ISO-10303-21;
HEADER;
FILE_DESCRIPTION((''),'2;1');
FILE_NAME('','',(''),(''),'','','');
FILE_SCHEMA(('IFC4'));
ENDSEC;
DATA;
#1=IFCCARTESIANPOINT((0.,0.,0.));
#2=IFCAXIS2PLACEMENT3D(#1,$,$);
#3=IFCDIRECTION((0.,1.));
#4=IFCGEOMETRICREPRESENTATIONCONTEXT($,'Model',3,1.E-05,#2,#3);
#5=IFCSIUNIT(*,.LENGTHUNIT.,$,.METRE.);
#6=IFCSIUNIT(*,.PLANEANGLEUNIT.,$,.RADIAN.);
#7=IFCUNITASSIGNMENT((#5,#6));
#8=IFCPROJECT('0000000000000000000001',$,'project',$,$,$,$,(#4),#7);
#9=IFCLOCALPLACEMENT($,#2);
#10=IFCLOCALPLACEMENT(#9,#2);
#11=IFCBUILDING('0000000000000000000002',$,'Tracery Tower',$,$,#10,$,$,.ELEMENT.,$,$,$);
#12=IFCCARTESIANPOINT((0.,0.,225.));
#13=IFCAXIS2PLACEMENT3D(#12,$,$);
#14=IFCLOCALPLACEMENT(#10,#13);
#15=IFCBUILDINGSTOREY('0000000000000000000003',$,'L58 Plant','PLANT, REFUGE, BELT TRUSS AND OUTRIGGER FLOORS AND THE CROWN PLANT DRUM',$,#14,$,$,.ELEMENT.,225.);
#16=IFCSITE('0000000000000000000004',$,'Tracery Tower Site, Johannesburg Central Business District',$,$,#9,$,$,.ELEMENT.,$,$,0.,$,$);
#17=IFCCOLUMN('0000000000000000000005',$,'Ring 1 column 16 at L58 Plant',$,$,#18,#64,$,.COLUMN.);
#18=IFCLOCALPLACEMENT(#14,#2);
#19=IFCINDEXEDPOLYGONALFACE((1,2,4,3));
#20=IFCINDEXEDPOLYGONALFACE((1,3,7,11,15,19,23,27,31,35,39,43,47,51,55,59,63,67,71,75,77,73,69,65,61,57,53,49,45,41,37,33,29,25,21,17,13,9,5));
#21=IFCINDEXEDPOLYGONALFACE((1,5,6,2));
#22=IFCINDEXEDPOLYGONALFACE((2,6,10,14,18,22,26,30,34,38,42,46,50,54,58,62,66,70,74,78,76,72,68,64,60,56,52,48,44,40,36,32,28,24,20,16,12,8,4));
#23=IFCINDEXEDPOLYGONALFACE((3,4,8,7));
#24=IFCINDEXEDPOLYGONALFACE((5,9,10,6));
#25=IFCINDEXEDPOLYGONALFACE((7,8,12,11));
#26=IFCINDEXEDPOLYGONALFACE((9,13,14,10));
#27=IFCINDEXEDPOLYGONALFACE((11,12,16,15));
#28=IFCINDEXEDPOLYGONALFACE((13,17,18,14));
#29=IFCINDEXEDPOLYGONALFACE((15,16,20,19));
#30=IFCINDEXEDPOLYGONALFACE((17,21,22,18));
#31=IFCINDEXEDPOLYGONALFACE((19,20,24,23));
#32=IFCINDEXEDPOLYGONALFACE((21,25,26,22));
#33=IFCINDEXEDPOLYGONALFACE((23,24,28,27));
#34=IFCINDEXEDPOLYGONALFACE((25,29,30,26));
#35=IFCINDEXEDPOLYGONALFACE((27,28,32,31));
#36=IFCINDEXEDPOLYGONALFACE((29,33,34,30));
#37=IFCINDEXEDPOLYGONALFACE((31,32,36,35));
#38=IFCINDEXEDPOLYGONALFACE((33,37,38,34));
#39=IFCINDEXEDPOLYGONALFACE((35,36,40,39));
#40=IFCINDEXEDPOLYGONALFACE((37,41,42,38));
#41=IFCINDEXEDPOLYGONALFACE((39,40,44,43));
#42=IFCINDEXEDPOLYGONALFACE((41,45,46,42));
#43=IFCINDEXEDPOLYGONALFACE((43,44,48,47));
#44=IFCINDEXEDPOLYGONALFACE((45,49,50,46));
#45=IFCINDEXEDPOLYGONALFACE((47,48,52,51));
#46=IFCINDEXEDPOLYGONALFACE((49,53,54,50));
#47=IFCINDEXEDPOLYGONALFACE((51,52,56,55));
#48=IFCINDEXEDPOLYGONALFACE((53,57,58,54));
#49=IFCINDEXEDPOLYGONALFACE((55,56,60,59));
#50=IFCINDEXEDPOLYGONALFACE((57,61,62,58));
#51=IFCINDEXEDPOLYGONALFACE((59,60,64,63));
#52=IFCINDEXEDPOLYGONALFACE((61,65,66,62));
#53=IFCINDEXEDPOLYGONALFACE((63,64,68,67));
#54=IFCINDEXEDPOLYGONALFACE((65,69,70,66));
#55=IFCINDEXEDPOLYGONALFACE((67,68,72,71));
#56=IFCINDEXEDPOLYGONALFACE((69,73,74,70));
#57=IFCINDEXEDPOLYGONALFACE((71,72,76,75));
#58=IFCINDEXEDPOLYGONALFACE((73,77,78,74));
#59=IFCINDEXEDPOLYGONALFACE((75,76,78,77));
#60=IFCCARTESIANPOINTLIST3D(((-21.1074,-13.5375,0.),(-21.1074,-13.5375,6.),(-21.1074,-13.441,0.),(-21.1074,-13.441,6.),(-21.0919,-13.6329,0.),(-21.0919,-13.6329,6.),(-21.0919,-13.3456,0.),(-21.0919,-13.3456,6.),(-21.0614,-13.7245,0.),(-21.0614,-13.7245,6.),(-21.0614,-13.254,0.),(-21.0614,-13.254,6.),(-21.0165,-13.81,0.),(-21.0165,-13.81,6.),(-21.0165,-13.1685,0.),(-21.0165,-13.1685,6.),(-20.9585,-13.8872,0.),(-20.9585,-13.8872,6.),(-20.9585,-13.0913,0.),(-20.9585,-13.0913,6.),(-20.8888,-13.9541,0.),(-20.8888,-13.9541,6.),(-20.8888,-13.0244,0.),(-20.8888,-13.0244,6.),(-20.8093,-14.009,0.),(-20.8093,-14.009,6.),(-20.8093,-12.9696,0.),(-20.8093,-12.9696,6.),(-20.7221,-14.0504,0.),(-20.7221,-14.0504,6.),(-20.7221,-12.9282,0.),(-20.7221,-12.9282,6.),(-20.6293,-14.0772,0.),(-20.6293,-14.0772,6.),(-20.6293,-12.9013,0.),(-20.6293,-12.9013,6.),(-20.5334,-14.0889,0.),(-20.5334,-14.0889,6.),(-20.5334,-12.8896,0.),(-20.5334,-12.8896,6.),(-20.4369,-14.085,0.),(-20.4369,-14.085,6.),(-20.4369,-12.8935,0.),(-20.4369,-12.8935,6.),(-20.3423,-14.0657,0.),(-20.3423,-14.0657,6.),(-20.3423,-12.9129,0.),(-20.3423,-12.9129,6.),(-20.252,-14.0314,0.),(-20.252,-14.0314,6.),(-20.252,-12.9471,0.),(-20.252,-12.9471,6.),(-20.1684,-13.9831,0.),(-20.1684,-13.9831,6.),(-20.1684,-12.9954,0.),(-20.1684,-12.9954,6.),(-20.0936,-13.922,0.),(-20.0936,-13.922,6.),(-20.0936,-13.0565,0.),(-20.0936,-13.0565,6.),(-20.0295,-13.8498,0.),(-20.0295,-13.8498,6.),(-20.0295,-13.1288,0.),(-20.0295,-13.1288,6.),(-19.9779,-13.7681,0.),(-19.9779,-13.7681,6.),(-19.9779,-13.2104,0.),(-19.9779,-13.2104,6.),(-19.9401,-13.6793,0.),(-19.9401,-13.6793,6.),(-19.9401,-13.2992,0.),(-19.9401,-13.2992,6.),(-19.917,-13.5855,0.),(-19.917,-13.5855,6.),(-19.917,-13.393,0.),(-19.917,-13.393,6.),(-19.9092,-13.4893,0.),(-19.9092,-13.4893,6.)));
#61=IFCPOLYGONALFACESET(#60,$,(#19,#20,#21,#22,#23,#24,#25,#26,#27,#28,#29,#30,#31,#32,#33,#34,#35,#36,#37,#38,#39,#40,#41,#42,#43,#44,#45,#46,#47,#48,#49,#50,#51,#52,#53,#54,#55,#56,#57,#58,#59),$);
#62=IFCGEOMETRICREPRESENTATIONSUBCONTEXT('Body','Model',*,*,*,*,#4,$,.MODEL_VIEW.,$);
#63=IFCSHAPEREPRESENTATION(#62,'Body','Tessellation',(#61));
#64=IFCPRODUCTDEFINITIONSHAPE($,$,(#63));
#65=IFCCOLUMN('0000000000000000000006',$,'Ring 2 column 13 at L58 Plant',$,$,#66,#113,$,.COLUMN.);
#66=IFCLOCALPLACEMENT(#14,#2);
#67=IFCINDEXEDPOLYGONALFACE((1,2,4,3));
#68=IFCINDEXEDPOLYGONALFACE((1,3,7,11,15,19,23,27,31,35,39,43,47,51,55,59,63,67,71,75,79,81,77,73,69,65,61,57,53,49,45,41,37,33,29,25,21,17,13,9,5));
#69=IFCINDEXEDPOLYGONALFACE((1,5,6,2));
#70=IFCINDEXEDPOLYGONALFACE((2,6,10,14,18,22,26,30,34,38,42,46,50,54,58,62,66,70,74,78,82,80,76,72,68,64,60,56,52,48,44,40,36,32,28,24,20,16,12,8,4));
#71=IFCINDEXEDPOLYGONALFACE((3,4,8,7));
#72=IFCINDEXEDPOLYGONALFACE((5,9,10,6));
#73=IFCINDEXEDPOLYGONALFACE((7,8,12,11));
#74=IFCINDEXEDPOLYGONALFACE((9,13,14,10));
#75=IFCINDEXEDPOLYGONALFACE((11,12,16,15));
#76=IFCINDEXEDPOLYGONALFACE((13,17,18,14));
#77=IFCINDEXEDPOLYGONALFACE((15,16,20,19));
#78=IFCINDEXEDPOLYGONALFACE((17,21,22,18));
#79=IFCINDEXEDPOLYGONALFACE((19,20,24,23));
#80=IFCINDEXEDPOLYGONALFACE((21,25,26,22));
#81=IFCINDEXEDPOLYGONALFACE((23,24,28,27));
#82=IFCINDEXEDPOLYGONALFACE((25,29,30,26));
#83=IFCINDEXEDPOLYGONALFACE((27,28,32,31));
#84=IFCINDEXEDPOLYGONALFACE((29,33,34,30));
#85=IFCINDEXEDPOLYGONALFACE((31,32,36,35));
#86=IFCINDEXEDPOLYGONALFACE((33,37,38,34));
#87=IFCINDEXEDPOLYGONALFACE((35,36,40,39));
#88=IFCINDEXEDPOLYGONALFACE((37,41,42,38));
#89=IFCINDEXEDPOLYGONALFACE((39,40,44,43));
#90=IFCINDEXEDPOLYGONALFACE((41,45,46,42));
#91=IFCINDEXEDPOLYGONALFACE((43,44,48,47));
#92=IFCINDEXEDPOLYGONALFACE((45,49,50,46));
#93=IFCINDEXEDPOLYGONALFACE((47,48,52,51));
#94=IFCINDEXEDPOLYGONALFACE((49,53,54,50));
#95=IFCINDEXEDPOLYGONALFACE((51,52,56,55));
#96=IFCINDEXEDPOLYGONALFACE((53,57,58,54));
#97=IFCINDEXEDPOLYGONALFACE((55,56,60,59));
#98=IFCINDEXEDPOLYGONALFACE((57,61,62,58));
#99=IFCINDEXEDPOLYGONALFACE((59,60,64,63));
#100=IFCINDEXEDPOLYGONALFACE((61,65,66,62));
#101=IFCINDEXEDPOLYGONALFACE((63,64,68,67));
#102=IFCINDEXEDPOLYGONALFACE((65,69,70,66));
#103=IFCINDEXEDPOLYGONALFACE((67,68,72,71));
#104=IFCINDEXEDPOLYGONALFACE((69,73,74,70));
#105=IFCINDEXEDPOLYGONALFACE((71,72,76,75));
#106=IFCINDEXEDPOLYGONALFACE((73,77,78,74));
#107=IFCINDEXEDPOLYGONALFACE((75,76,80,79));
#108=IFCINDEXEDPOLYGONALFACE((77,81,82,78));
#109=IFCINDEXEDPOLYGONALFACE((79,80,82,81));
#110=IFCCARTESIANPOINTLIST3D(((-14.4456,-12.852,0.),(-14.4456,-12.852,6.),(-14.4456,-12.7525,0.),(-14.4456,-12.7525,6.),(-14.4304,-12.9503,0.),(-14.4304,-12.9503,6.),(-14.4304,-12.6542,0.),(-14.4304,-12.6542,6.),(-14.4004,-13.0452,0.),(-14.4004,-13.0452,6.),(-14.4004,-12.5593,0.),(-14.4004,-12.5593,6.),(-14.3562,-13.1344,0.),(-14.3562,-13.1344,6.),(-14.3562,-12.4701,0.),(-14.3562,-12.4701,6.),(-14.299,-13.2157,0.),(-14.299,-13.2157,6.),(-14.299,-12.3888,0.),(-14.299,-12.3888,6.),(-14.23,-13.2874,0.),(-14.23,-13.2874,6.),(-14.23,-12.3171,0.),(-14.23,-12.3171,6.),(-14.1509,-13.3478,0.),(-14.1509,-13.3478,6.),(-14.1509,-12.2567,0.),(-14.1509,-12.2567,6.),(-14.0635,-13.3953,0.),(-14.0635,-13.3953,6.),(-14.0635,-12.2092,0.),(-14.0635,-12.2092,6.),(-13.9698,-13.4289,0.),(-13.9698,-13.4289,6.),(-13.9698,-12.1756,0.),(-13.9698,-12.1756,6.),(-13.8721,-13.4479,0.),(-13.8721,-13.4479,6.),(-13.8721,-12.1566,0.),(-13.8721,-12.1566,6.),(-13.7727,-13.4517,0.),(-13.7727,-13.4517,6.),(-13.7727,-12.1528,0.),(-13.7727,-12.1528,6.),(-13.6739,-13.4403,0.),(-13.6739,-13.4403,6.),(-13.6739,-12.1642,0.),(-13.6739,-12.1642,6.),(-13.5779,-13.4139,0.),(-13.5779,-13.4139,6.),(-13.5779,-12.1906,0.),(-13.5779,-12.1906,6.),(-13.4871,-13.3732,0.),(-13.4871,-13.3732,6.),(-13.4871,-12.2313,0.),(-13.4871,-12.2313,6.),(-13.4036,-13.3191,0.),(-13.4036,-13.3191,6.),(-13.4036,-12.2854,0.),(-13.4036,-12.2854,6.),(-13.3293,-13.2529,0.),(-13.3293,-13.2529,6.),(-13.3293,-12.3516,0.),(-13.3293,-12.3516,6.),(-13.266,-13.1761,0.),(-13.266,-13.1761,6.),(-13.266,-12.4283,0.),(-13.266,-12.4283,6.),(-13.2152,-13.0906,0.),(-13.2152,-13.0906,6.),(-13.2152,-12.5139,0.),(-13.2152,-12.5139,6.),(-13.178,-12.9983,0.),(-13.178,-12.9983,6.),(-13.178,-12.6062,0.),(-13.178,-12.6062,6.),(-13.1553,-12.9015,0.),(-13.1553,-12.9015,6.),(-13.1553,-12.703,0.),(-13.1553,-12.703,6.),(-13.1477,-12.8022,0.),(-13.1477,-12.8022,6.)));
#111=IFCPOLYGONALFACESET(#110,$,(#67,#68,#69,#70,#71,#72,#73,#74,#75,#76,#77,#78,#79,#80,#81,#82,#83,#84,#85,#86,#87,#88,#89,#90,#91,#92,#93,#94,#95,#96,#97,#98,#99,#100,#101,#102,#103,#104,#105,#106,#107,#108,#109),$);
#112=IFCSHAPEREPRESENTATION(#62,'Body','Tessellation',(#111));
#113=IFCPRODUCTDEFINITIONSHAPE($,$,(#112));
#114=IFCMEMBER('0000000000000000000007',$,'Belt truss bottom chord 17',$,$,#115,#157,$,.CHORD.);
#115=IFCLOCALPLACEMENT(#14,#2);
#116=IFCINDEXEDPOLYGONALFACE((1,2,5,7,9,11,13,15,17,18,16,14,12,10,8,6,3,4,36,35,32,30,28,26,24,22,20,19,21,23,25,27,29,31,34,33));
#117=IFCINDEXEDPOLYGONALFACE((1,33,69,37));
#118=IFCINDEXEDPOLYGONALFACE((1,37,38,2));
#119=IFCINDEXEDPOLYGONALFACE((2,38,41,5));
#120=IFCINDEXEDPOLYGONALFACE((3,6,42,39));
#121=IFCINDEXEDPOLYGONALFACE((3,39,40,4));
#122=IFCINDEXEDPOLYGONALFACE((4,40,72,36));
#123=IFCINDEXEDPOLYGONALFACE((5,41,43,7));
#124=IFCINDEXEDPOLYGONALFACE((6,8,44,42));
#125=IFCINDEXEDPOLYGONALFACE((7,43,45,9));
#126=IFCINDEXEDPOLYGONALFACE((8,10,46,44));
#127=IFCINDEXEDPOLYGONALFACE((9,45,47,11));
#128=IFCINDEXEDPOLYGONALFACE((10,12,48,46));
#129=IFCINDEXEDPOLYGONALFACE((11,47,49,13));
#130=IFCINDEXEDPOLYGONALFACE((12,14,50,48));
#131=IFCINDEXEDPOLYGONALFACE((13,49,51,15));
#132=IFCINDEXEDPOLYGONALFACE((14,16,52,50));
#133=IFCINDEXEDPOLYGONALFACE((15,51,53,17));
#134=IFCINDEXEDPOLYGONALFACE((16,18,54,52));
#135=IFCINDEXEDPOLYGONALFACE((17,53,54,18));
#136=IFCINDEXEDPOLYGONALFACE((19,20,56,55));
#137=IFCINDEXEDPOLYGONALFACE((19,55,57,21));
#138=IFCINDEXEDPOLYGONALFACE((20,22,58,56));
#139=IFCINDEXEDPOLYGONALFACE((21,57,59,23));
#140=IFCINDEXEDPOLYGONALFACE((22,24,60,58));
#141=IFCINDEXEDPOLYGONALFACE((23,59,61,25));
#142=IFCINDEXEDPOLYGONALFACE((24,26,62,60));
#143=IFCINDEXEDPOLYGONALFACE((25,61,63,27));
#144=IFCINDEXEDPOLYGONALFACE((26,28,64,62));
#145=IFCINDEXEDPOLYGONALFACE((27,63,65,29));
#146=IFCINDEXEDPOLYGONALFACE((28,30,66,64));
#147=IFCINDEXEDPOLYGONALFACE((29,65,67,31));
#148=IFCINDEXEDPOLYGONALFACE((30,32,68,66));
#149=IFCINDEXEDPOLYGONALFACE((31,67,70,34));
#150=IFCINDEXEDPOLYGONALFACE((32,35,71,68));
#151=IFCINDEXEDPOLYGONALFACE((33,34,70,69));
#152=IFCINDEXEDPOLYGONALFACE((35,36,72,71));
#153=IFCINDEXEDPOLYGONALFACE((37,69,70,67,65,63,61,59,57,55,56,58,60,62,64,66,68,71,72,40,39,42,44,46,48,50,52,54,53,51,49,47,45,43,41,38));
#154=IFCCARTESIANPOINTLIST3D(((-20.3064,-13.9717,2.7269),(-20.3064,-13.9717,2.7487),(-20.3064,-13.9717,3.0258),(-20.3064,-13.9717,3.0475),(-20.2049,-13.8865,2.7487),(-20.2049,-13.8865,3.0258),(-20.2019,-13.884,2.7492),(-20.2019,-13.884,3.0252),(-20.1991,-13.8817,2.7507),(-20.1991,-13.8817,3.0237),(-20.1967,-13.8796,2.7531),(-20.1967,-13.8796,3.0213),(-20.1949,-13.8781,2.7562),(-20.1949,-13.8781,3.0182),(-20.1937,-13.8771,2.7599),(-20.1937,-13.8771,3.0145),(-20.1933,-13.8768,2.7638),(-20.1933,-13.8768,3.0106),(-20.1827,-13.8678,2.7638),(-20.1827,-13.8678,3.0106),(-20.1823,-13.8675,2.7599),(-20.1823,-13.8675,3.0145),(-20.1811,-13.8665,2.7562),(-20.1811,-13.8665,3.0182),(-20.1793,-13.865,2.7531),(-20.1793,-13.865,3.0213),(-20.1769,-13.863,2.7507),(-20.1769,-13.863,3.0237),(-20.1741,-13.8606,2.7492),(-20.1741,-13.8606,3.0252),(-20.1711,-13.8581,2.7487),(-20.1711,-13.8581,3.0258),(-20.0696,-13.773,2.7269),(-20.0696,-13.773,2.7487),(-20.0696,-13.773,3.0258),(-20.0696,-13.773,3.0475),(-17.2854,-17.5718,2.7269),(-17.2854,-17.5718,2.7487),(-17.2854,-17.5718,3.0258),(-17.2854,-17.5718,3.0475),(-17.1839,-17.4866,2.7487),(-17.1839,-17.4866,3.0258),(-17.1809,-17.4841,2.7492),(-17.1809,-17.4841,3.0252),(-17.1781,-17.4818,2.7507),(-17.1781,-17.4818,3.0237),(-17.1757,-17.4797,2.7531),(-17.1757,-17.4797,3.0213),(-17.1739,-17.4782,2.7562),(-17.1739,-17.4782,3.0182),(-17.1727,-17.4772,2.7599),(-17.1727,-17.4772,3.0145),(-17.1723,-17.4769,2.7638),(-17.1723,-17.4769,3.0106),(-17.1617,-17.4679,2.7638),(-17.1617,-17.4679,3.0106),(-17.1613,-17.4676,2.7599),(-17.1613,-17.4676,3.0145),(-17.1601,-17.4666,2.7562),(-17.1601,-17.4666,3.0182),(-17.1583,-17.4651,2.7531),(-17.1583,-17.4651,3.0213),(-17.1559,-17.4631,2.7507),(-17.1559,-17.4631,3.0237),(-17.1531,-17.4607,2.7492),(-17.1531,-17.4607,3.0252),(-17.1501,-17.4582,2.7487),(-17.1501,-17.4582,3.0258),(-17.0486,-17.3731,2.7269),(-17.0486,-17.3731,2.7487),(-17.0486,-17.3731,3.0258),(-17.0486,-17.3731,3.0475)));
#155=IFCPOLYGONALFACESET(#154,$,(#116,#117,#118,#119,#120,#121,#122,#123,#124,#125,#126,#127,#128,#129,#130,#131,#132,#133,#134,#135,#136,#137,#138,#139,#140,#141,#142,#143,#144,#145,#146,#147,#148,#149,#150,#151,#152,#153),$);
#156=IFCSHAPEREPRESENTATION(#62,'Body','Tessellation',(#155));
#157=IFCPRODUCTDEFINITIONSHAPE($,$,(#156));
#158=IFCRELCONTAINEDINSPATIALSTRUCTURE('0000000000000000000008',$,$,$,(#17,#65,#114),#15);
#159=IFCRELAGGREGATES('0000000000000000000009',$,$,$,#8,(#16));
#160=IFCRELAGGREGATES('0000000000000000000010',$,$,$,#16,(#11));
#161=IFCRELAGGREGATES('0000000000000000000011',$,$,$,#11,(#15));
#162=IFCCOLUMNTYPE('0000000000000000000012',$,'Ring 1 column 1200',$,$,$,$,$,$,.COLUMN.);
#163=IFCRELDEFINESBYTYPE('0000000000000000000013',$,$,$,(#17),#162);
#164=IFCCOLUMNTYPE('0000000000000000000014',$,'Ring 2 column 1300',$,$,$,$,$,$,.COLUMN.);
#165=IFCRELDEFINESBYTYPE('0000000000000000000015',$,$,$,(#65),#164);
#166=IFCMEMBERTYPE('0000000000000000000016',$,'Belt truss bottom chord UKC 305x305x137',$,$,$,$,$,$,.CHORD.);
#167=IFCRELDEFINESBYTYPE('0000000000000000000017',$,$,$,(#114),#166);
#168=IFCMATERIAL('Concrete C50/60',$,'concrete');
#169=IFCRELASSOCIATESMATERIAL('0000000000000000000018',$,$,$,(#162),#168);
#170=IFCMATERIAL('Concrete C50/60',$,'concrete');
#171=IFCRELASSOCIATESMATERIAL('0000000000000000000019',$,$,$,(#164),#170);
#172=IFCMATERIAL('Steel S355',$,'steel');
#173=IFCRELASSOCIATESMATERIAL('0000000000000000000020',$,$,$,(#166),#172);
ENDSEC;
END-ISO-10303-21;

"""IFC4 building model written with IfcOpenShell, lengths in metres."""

from ifc_helpers import new_model, si_unit, direction, frame, origin, origin_2d, place, context, subcontext, project, spatial, circle, i_section, extrude, material, material_profile, profile_set, type_object, element, save


model = new_model("IFC4")

# Units and contexts
model_context = context("Model", 3, precision=1e-05, world=origin(), true_north=direction((0.0, 1.0)))
body_context = subcontext(model_context, "Body", "Model", "MODEL_VIEW")
ifc_project = project(units=[si_unit("LENGTHUNIT", "METRE"), si_unit("PLANEANGLEUNIT", "RADIAN")], contexts=[model_context])

# Site, building, storey
site_placement = place(None, origin())
site = spatial("IfcSite", under=ifc_project, at=site_placement, Name="Tracery Tower Site, Johannesburg Central Business District", CompositionType="ELEMENT", RefElevation=0.0)
building_placement = place(site_placement, origin())
building = spatial("IfcBuilding", under=site, at=building_placement, Name="Tracery Tower", CompositionType="ELEMENT")
storey_placement = place(building_placement, frame((0.0, 0.0, 225.0)))
storey = spatial("IfcBuildingStorey", under=building, at=storey_placement, Name="L58 Plant", Description="PLANT, REFUGE, BELT TRUSS AND OUTRIGGER FLOORS AND THE CROWN PLANT DRUM", CompositionType="ELEMENT", Elevation=225.0)

# Columns
ifc_material_1 = material(Name="Concrete C50/60", Category="concrete")
ifc_material_profile_1 = material_profile(ifc_material_1, circle(Radius=0.6001, at=origin_2d()), Name="RC D1200")
ifc_profile_set_1 = profile_set([ifc_material_profile_1], Name="Concrete C50/60")
column_type_1 = type_object("IfcColumnType", Name="Ring 1 column 1200", PredefinedType="COLUMN", material=ifc_profile_set_1)
column_1_placement = place(storey_placement, frame((-20.5093, -13.4893, 0.0), z_axis=(0.0, 0.0, 1.0), x_axis=(1.0, 0.0, 0.0)))
element("IfcColumn", 1, at=column_1_placement, inside=storey, type_object=column_type_1, Name="Ring 1 column 16 at L58 Plant", PredefinedType="COLUMN", context=body_context, shape_type="SweptSolid", body=[
    extrude(circle(Radius=0.6001, at=origin_2d()), origin(), (0.0, 0.0, 1.0), 6.0),
])
ifc_material_2 = material(Name="Concrete C50/60", Category="concrete")
ifc_material_profile_2 = material_profile(ifc_material_2, circle(Radius=0.6499, at=origin_2d()), Name="RC D1300")
ifc_profile_set_2 = profile_set([ifc_material_profile_2], Name="Concrete C50/60")
column_type_2 = type_object("IfcColumnType", Name="Ring 2 column 1300", PredefinedType="COLUMN", material=ifc_profile_set_2)
column_2_placement = place(storey_placement, frame((-13.7976, -12.8022, 0.0), z_axis=(0.0, 0.0, 1.0), x_axis=(1.0, 0.0, 0.0)))
element("IfcColumn", 2, at=column_2_placement, inside=storey, type_object=column_type_2, Name="Ring 2 column 13 at L58 Plant", PredefinedType="COLUMN", context=body_context, shape_type="SweptSolid", body=[
    extrude(circle(Radius=0.6499, at=origin_2d()), origin(), (0.0, 0.0, 1.0), 6.0),
])

# Member
ifc_material_3 = material(Name="Steel S355", Category="steel")
ifc_material_profile_3 = material_profile(ifc_material_3, i_section(OverallWidth=0.3091, OverallDepth=0.3206, WebThickness=0.0139, FlangeThickness=0.0217, FilletRadius=0.0151, at=origin_2d()), Name="UKC 305x305x137")
ifc_profile_set_3 = profile_set([ifc_material_profile_3], Name="Steel S355")
member_type_1 = type_object("IfcMemberType", Name="Belt truss bottom chord UKC 305x305x137", PredefinedType="CHORD", material=ifc_profile_set_3)
member_1_placement = place(storey_placement, frame((-20.188, -13.8723, 2.8872), z_axis=(0.642807, -0.766028, 0.0), x_axis=(0.766028, 0.642807, 0.0)))
element("IfcMember", 3, at=member_1_placement, inside=storey, type_object=member_type_1, Name="Belt truss bottom chord 17", PredefinedType="CHORD", context=body_context, shape_type="SweptSolid", body=[
    extrude(i_section(OverallWidth=0.3091, OverallDepth=0.3206, WebThickness=0.0139, FlangeThickness=0.0217, FilletRadius=0.0151, at=origin_2d()), origin(), (0.0, 0.0, 1.0), 4.6997),
])

save(model, "model.ifc")
